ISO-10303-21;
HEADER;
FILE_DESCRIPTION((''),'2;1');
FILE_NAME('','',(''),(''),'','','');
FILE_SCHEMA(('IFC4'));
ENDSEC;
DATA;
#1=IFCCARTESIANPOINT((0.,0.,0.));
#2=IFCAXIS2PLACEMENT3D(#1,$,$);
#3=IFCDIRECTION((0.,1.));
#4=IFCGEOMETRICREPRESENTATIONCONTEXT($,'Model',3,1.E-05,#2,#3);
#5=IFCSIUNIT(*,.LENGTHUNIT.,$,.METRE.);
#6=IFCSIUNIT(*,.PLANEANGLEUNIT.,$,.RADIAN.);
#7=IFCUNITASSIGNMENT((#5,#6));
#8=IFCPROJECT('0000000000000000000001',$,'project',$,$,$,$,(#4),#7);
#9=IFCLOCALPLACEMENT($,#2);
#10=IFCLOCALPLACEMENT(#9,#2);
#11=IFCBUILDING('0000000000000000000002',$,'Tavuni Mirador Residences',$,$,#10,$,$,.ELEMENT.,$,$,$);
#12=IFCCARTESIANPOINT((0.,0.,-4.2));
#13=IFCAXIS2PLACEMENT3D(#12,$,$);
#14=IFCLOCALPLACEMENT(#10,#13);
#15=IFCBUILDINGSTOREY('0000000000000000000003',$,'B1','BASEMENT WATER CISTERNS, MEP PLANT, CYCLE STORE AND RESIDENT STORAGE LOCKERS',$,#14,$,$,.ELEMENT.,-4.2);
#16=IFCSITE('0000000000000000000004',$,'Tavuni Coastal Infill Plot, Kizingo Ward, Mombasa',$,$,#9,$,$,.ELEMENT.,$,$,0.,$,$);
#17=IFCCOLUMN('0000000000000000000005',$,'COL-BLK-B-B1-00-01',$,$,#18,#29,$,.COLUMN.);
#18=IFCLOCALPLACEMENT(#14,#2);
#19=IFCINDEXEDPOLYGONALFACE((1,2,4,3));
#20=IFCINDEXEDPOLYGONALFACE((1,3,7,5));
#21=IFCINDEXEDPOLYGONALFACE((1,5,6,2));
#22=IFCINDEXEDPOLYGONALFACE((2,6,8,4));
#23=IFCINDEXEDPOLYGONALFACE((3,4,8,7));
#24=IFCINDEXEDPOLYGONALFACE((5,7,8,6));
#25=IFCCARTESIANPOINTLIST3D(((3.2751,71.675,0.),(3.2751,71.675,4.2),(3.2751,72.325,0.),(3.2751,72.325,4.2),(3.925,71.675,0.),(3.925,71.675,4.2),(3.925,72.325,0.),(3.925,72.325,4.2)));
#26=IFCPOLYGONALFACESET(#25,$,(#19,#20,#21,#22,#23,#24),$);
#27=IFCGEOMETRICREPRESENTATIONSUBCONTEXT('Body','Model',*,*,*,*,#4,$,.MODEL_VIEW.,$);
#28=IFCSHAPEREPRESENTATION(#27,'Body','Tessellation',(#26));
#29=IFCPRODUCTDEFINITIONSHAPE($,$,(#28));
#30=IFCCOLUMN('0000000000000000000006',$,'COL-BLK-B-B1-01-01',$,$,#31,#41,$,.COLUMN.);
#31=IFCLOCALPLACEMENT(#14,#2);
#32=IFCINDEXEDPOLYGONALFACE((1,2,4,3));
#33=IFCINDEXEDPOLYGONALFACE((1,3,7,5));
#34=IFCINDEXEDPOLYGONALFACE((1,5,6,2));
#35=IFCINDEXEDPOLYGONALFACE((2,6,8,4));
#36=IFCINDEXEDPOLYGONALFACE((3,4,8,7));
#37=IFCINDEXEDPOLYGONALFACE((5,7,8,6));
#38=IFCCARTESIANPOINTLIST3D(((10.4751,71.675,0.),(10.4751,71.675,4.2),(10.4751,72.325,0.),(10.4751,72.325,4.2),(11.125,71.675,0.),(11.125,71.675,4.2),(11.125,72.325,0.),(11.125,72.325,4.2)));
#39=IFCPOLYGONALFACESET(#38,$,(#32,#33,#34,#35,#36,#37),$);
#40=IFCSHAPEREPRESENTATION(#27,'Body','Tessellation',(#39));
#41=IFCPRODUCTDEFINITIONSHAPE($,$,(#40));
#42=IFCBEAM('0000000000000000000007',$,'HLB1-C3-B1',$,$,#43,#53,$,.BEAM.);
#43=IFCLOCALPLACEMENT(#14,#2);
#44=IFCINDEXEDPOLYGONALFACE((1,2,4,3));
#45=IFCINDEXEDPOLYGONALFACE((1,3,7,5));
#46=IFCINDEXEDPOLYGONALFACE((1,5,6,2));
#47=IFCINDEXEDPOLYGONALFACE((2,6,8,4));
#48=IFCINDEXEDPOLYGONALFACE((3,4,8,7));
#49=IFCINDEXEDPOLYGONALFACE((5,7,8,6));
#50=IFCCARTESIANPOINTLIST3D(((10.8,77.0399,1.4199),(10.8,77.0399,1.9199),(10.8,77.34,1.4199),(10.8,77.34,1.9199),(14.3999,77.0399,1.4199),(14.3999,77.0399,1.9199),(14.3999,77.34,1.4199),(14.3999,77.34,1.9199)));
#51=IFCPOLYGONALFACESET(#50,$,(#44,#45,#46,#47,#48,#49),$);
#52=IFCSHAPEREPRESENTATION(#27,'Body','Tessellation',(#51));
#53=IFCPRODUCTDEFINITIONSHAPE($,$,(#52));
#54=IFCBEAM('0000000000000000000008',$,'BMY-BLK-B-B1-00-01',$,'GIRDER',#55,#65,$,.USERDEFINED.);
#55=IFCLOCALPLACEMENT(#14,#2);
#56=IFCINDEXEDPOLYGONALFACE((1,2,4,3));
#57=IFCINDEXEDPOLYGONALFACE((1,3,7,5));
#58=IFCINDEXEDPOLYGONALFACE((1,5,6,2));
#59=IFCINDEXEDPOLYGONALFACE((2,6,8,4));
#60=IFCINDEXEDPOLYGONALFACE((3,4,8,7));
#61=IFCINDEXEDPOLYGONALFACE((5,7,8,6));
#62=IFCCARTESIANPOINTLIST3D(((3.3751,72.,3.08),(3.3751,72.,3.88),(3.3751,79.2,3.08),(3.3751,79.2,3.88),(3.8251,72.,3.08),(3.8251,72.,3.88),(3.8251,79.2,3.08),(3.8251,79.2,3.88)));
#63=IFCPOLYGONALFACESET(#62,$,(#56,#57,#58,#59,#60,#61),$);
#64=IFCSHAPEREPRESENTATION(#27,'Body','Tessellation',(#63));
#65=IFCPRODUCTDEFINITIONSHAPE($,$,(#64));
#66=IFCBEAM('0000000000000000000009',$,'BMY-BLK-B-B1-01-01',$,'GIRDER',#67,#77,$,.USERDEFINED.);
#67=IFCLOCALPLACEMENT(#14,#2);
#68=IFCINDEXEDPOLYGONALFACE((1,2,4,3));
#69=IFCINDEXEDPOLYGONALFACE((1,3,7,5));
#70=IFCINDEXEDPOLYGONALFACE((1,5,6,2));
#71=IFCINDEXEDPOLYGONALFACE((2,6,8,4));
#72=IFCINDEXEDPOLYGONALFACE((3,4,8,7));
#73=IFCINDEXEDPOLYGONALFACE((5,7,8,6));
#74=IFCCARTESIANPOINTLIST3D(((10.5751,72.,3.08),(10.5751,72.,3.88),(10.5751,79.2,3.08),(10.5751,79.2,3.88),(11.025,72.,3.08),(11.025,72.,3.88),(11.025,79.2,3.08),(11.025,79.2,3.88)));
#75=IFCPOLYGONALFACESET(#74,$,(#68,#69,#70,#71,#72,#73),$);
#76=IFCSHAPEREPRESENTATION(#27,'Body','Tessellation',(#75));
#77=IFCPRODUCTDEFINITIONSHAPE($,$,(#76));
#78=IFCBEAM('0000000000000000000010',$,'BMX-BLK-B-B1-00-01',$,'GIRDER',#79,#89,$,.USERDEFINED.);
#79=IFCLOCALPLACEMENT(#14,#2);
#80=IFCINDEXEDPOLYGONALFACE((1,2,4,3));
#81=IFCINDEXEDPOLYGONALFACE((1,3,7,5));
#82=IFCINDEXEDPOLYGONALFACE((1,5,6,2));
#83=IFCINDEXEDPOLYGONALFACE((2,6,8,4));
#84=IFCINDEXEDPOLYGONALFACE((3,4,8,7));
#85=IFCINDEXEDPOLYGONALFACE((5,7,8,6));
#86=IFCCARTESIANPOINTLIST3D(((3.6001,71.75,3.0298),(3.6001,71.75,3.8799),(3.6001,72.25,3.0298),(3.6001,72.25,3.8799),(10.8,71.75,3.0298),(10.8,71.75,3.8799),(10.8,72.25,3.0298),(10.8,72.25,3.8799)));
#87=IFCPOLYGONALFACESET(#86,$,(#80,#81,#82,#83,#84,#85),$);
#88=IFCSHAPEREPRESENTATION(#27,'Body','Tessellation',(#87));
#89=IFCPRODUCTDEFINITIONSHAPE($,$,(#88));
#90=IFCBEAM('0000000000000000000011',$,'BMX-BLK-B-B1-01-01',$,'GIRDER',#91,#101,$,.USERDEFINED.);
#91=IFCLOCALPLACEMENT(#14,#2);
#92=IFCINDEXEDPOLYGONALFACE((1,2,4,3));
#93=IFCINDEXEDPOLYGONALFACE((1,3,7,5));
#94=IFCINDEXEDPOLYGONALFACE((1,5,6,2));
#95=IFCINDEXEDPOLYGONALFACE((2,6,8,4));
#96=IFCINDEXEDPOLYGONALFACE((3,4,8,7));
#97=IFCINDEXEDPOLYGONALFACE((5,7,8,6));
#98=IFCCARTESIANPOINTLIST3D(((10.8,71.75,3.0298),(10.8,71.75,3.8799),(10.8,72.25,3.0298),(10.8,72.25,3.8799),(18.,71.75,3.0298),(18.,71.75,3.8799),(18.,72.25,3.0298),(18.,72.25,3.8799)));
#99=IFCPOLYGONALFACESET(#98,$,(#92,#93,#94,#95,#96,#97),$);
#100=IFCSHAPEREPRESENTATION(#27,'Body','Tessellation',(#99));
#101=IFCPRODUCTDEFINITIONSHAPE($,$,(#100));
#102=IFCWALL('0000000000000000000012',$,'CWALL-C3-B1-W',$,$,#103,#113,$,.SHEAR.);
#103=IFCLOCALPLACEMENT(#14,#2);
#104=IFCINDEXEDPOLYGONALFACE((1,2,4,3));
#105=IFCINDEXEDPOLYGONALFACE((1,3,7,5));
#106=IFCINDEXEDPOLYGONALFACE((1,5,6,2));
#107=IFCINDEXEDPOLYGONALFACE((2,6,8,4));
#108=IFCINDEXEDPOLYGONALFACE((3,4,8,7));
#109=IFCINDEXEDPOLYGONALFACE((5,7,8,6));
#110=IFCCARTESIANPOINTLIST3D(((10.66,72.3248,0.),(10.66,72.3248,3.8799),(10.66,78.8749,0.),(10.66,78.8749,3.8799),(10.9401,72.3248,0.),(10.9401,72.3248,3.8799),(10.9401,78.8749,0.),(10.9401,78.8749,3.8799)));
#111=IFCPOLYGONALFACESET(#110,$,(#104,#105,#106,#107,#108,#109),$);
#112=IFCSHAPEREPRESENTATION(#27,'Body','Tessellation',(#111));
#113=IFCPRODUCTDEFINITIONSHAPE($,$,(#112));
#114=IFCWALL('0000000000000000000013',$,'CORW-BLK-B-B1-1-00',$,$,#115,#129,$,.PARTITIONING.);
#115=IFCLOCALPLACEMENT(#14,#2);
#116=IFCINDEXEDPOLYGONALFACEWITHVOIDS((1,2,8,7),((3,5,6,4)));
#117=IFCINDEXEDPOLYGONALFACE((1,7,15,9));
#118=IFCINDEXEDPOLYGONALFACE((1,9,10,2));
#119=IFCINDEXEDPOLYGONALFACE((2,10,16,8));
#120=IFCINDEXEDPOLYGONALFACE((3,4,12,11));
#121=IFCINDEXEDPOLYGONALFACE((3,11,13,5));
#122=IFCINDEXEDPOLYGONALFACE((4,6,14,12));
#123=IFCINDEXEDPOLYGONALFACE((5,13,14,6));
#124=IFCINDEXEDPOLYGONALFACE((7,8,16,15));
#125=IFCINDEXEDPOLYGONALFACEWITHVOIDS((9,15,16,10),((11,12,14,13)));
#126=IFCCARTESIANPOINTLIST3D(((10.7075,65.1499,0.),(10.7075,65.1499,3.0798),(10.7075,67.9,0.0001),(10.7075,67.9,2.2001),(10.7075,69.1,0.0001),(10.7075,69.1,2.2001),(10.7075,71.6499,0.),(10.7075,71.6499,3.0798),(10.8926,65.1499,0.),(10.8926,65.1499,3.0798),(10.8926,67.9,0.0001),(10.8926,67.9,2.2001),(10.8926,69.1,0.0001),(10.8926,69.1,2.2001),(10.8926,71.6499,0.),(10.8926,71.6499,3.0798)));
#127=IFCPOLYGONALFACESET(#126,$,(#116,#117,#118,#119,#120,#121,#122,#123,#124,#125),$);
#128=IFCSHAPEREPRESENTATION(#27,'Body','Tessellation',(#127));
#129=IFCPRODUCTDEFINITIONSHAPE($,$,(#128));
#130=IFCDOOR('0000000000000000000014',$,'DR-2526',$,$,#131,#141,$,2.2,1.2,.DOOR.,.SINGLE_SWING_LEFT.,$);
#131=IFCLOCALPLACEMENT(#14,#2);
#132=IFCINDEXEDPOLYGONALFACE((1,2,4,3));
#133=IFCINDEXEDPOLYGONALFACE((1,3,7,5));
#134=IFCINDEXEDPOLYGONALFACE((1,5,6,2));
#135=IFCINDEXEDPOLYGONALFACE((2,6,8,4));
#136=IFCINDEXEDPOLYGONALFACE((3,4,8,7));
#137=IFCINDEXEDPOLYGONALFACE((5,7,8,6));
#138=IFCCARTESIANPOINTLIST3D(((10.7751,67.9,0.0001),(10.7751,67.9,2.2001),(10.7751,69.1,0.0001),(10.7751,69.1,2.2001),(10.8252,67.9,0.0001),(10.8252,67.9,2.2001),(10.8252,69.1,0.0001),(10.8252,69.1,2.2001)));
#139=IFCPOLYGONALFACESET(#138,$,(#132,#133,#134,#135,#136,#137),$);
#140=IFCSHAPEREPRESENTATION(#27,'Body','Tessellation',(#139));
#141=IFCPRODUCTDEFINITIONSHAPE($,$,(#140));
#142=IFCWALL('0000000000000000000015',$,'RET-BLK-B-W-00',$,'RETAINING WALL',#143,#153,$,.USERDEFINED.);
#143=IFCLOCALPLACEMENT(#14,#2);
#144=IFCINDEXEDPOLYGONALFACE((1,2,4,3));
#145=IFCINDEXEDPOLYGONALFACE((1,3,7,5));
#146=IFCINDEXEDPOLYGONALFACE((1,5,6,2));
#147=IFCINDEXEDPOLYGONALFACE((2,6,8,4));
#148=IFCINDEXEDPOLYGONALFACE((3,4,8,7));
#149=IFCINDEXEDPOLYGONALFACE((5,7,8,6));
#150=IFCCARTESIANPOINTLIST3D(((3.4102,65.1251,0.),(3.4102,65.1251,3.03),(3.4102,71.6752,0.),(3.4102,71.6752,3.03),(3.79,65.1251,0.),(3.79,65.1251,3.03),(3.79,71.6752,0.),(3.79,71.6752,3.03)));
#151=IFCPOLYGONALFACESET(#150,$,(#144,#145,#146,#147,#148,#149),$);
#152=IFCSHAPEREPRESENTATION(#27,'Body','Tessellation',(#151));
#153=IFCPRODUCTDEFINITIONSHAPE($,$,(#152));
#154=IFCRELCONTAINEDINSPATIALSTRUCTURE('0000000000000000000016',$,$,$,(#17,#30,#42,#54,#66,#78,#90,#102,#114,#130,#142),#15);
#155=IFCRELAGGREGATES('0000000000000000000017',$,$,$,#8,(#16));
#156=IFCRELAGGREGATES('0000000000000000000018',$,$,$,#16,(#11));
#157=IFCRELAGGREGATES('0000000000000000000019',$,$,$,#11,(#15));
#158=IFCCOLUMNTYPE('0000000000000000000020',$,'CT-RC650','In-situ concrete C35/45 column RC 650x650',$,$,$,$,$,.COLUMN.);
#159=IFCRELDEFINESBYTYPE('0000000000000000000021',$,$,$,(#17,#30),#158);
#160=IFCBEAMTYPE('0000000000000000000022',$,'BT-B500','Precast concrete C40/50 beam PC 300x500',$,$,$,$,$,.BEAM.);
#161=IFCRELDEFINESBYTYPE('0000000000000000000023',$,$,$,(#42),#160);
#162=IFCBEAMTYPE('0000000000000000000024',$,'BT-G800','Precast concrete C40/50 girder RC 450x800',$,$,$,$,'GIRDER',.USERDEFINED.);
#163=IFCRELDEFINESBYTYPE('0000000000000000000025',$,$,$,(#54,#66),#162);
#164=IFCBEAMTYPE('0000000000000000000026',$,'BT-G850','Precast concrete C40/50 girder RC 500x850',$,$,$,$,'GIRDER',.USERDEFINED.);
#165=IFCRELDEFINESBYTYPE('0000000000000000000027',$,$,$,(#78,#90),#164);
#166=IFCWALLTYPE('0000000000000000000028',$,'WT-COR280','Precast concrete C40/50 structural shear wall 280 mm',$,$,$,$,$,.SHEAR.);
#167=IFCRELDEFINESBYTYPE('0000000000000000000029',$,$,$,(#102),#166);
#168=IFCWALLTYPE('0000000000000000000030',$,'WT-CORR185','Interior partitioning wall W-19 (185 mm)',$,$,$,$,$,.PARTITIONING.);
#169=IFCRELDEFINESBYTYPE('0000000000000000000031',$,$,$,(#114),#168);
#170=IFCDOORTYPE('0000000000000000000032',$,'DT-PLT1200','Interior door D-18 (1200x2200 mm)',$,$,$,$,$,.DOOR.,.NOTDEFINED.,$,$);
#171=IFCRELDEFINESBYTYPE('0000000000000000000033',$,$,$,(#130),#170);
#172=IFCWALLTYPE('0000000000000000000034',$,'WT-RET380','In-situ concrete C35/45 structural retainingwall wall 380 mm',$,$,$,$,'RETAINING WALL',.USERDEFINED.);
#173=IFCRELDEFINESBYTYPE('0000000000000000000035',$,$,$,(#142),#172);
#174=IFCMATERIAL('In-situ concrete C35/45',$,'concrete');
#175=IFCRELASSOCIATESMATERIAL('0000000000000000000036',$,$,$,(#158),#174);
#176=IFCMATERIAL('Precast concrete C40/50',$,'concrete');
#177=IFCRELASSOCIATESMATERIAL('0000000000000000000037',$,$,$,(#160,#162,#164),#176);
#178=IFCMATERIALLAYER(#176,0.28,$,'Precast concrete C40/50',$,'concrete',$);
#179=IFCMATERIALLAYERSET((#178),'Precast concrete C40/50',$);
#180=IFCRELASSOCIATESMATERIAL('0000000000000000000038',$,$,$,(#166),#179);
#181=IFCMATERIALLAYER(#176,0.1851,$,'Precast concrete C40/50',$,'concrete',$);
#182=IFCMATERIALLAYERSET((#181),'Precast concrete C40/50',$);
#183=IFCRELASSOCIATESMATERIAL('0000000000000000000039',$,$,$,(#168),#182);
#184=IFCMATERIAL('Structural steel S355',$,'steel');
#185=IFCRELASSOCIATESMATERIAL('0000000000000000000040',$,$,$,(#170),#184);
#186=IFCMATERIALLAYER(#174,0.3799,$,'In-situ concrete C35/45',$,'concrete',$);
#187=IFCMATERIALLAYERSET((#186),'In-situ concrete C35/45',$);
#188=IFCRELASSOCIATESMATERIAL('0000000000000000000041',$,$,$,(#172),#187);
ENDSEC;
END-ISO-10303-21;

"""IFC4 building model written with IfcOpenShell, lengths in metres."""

from ifc_helpers import new_model, si_unit, direction, frame, frame_2d, origin, origin_2d, place, context, subcontext, project, spatial, rectangle, extrude, material, layer, layer_set, material_profile, profile_set, type_object, element, fill, save


model = new_model("IFC4")

# Units and contexts
model_context = context("Model", 3, precision=1e-05, world=origin(), true_north=direction((0.0, 1.0)))
body_context = subcontext(model_context, "Body", "Model", "MODEL_VIEW")
ifc_project = project(units=[si_unit("LENGTHUNIT", "METRE"), si_unit("PLANEANGLEUNIT", "RADIAN")], contexts=[model_context])

# Site, building, storey
site_placement = place(None, origin())
site = spatial("IfcSite", under=ifc_project, at=site_placement, Name="Tavuni Coastal Infill Plot, Kizingo Ward, Mombasa", CompositionType="ELEMENT", RefElevation=0.0)
building_placement = place(site_placement, origin())
building = spatial("IfcBuilding", under=site, at=building_placement, Name="Tavuni Mirador Residences", CompositionType="ELEMENT")
storey_placement = place(building_placement, frame((0.0, 0.0, -4.2)))
storey = spatial("IfcBuildingStorey", under=building, at=storey_placement, Name="B1", Description="BASEMENT WATER CISTERNS, MEP PLANT, CYCLE STORE AND RESIDENT STORAGE LOCKERS", CompositionType="ELEMENT", Elevation=-4.2)

# Shared definitions
ifc_material_1 = material(Name="In-situ concrete C35/45", Category="concrete")

# Columns
ifc_material_profile_1 = material_profile(ifc_material_1, rectangle(XDim=0.6499, YDim=0.6499, at=origin_2d()), Name="RC 650x650", Category="concrete")
ifc_profile_set_1 = profile_set([ifc_material_profile_1], Name="In-situ concrete C35/45")
column_type = type_object("IfcColumnType", Name="CT-RC650", Description="In-situ concrete C35/45 column RC 650x650", PredefinedType="COLUMN", material=ifc_profile_set_1)
for number, where, z_axis, x_axis, name in (
    (1, (3.6001, 72.0, 0.0), (0.0, 0.0, 1.0), (1.0, 0.0, 0.0), "COL-BLK-B-B1-00-01"),
    (2, (10.8, 72.0, 0.0), (0.0, 0.0, 1.0), (1.0, 0.0, 0.0), "COL-BLK-B-B1-01-01"),
):
    element("IfcColumn", number, at=place(storey_placement, frame(where, z_axis=z_axis, x_axis=x_axis)), inside=storey, type_object=column_type, Name=name, PredefinedType="COLUMN", context=body_context, shape_type="SweptSolid", body=[
        extrude(rectangle(XDim=0.6499, YDim=0.6499, at=origin_2d()), origin(), (0.0, 0.0, 1.0), 4.2),
    ])

# Beams
ifc_material_2 = material(Name="Precast concrete C40/50", Category="concrete")
ifc_material_profile_2 = material_profile(ifc_material_2, rectangle(XDim=0.3, YDim=0.5, at=origin_2d()), Name="PC 300x500", Category="concrete")
ifc_profile_set_2 = profile_set([ifc_material_profile_2], Name="Precast concrete C40/50")
beam_type_1 = type_object("IfcBeamType", Name="BT-B500", Description="Precast concrete C40/50 beam PC 300x500", PredefinedType="BEAM", material=ifc_profile_set_2)
beam_placement = place(storey_placement, frame((10.8, 77.1899, 1.6699), z_axis=(1.0, 0.0, 0.0), x_axis=(0.0, 1.0, 0.0)))
element("IfcBeam", 3, at=beam_placement, inside=storey, type_object=beam_type_1, Name="HLB1-C3-B1", PredefinedType="BEAM", context=body_context, shape_type="SweptSolid", body=[
    extrude(rectangle(XDim=0.3, YDim=0.5, at=origin_2d()), origin(), (0.0, 0.0, 1.0), 3.5999),
])
ifc_material_profile_3 = material_profile(ifc_material_2, rectangle(XDim=0.45, YDim=0.8, at=origin_2d()), Name="RC 450x800", Category="concrete")
ifc_profile_set_3 = profile_set([ifc_material_profile_3], Name="Precast concrete C40/50")
beam_type_2 = type_object("IfcBeamType", Name="BT-G800", Description="Precast concrete C40/50 girder RC 450x800", ElementType="GIRDER", PredefinedType="USERDEFINED", material=ifc_profile_set_3)
for number, where, z_axis, x_axis, name in (
    (4, (3.6001, 72.0, 3.48), (0.0, 1.0, 0.0), (-1.0, 0.0, 0.0), "BMY-BLK-B-B1-00-01"),
    (5, (10.8, 72.0, 3.48), (0.0, 1.0, 0.0), (-1.0, 0.0, 0.0), "BMY-BLK-B-B1-01-01"),
):
    element("IfcBeam", number, at=place(storey_placement, frame(where, z_axis=z_axis, x_axis=x_axis)), inside=storey, type_object=beam_type_2, Name=name, ObjectType="GIRDER", PredefinedType="USERDEFINED", context=body_context, shape_type="SweptSolid", body=[
        extrude(rectangle(XDim=0.45, YDim=0.8, at=origin_2d()), origin(), (0.0, 0.0, 1.0), 7.2),
    ])
ifc_material_profile_4 = material_profile(ifc_material_2, rectangle(XDim=0.5, YDim=0.8501, at=origin_2d()), Name="RC 500x850", Category="concrete")
ifc_profile_set_4 = profile_set([ifc_material_profile_4], Name="Precast concrete C40/50")
beam_type_3 = type_object("IfcBeamType", Name="BT-G850", Description="Precast concrete C40/50 girder RC 500x850", ElementType="GIRDER", PredefinedType="USERDEFINED", material=ifc_profile_set_4)
for number, where, z_axis, x_axis, name in (
    (6, (3.6001, 72.0, 3.4548), (1.0, 0.0, 0.0), (0.0, 1.0, 0.0), "BMX-BLK-B-B1-00-01"),
    (7, (10.8, 72.0, 3.4548), (1.0, 0.0, 0.0), (0.0, 1.0, 0.0), "BMX-BLK-B-B1-01-01"),
):
    element("IfcBeam", number, at=place(storey_placement, frame(where, z_axis=z_axis, x_axis=x_axis)), inside=storey, type_object=beam_type_3, Name=name, ObjectType="GIRDER", PredefinedType="USERDEFINED", context=body_context, shape_type="SweptSolid", body=[
        extrude(rectangle(XDim=0.5, YDim=0.8501, at=origin_2d()), origin(), (0.0, 0.0, 1.0), 7.2),
    ])

# Wall
ifc_layer_1 = layer(ifc_material_2, 0.28, Name="Precast concrete C40/50", Category="concrete")
ifc_layer_set_1 = layer_set([ifc_layer_1], Name="Precast concrete C40/50")
wall_type_1 = type_object("IfcWallType", Name="WT-COR280", Description="Precast concrete C40/50 structural shear wall 280 mm", PredefinedType="SHEAR", material=ifc_layer_set_1)
wall_1_placement = place(storey_placement, frame((10.8, 72.325, 0.0), z_axis=(0.0, 0.0, 1.0), x_axis=(0.0, 1.0, 0.0)))
element("IfcWall", 8, at=wall_1_placement, inside=storey, type_object=wall_type_1, Name="CWALL-C3-B1-W", PredefinedType="SHEAR", context=body_context, shape_type="SweptSolid", body=[
    extrude(rectangle(XDim=6.55, YDim=0.28, at=frame_2d((3.2749, 0.0))), origin(), (0.0, 0.0, 1.0), 3.8799),
])

# Wall, opening, door
ifc_layer_2 = layer(ifc_material_2, 0.1851, Name="Precast concrete C40/50", Category="concrete")
ifc_layer_set_2 = layer_set([ifc_layer_2], Name="Precast concrete C40/50")
wall_type_2 = type_object("IfcWallType", Name="WT-CORR185", Description="Interior partitioning wall W-19 (185 mm)", PredefinedType="PARTITIONING", material=ifc_layer_set_2)
wall_2_placement = place(storey_placement, frame((10.8, 65.1499, 0.0), z_axis=(0.0, 0.0, 1.0), x_axis=(0.0, 1.0, 0.0)))
wall_2 = element("IfcWall", 9, at=wall_2_placement, inside=storey, type_object=wall_type_2, Name="CORW-BLK-B-B1-1-00", PredefinedType="PARTITIONING", context=body_context, shape_type="SweptSolid", body=[
    extrude(rectangle(XDim=6.5, YDim=0.1851, at=frame_2d((3.25, 0.0))), origin(), (0.0, 0.0, 1.0), 3.0798),
])
opening_1_placement = place(wall_2_placement, frame((2.75, 0.0, 0.0)))
opening_1 = element("IfcOpeningElement", 10, at=opening_1_placement, cuts=wall_2, PredefinedType="OPENING", context=body_context, shape_type="SweptSolid", body=[
    extrude(rectangle(XDim=1.2, YDim=2.2, at=frame_2d((0.6001, 1.1001))), frame((0.0, 0.1025, 0.0), z_axis=(0.0, -1.0, 0.0), x_axis=(1.0, 0.0, 0.0)), (0.0, 0.0, 1.0), 0.2051),
])
ifc_material_3 = material(Name="Structural steel S355", Category="steel")
door_type_1 = type_object("IfcDoorType", Name="DT-PLT1200", Description="Interior door D-18 (1200x2200 mm)", OperationType="NOTDEFINED", PredefinedType="DOOR", material=ifc_material_3)
door_1_placement = place(opening_1_placement, origin())
door_1 = element("IfcDoor", 11, at=door_1_placement, inside=storey, type_object=door_type_1, Name="DR-2526", OperationType="SINGLE_SWING_LEFT", OverallHeight=2.2, OverallWidth=1.2, PredefinedType="DOOR", context=body_context, shape_type="SweptSolid", body=[
    extrude(rectangle(XDim=1.2, YDim=2.2, at=frame_2d((0.6001, 1.1001))), frame((0.0, 0.0249, 0.0), z_axis=(0.0, -1.0, 0.0), x_axis=(1.0, 0.0, 0.0)), (0.0, 0.0, 1.0), 0.05),
])
fill(opening_1, door_1)

# Wall
ifc_layer_3 = layer(ifc_material_1, 0.3799, Name="In-situ concrete C35/45", Category="concrete")
ifc_layer_set_3 = layer_set([ifc_layer_3], Name="In-situ concrete C35/45")
wall_type_3 = type_object("IfcWallType", Name="WT-RET380", Description="In-situ concrete C35/45 structural retainingwall wall 380 mm", ElementType="RETAINING WALL", PredefinedType="USERDEFINED", material=ifc_layer_set_3)
wall_3_placement = place(storey_placement, frame((3.6001, 71.675, 0.0), z_axis=(0.0, 0.0, 1.0), x_axis=(0.0, -1.0, 0.0)))
element("IfcWall", 12, at=wall_3_placement, inside=storey, type_object=wall_type_3, Name="RET-BLK-B-W-00", ObjectType="RETAINING WALL", PredefinedType="USERDEFINED", context=body_context, shape_type="SweptSolid", body=[
    extrude(rectangle(XDim=6.55, YDim=0.3799, at=frame_2d((3.2749, 0.0))), origin(), (0.0, 0.0, 1.0), 3.03),
])

save(model, "model.ifc")
